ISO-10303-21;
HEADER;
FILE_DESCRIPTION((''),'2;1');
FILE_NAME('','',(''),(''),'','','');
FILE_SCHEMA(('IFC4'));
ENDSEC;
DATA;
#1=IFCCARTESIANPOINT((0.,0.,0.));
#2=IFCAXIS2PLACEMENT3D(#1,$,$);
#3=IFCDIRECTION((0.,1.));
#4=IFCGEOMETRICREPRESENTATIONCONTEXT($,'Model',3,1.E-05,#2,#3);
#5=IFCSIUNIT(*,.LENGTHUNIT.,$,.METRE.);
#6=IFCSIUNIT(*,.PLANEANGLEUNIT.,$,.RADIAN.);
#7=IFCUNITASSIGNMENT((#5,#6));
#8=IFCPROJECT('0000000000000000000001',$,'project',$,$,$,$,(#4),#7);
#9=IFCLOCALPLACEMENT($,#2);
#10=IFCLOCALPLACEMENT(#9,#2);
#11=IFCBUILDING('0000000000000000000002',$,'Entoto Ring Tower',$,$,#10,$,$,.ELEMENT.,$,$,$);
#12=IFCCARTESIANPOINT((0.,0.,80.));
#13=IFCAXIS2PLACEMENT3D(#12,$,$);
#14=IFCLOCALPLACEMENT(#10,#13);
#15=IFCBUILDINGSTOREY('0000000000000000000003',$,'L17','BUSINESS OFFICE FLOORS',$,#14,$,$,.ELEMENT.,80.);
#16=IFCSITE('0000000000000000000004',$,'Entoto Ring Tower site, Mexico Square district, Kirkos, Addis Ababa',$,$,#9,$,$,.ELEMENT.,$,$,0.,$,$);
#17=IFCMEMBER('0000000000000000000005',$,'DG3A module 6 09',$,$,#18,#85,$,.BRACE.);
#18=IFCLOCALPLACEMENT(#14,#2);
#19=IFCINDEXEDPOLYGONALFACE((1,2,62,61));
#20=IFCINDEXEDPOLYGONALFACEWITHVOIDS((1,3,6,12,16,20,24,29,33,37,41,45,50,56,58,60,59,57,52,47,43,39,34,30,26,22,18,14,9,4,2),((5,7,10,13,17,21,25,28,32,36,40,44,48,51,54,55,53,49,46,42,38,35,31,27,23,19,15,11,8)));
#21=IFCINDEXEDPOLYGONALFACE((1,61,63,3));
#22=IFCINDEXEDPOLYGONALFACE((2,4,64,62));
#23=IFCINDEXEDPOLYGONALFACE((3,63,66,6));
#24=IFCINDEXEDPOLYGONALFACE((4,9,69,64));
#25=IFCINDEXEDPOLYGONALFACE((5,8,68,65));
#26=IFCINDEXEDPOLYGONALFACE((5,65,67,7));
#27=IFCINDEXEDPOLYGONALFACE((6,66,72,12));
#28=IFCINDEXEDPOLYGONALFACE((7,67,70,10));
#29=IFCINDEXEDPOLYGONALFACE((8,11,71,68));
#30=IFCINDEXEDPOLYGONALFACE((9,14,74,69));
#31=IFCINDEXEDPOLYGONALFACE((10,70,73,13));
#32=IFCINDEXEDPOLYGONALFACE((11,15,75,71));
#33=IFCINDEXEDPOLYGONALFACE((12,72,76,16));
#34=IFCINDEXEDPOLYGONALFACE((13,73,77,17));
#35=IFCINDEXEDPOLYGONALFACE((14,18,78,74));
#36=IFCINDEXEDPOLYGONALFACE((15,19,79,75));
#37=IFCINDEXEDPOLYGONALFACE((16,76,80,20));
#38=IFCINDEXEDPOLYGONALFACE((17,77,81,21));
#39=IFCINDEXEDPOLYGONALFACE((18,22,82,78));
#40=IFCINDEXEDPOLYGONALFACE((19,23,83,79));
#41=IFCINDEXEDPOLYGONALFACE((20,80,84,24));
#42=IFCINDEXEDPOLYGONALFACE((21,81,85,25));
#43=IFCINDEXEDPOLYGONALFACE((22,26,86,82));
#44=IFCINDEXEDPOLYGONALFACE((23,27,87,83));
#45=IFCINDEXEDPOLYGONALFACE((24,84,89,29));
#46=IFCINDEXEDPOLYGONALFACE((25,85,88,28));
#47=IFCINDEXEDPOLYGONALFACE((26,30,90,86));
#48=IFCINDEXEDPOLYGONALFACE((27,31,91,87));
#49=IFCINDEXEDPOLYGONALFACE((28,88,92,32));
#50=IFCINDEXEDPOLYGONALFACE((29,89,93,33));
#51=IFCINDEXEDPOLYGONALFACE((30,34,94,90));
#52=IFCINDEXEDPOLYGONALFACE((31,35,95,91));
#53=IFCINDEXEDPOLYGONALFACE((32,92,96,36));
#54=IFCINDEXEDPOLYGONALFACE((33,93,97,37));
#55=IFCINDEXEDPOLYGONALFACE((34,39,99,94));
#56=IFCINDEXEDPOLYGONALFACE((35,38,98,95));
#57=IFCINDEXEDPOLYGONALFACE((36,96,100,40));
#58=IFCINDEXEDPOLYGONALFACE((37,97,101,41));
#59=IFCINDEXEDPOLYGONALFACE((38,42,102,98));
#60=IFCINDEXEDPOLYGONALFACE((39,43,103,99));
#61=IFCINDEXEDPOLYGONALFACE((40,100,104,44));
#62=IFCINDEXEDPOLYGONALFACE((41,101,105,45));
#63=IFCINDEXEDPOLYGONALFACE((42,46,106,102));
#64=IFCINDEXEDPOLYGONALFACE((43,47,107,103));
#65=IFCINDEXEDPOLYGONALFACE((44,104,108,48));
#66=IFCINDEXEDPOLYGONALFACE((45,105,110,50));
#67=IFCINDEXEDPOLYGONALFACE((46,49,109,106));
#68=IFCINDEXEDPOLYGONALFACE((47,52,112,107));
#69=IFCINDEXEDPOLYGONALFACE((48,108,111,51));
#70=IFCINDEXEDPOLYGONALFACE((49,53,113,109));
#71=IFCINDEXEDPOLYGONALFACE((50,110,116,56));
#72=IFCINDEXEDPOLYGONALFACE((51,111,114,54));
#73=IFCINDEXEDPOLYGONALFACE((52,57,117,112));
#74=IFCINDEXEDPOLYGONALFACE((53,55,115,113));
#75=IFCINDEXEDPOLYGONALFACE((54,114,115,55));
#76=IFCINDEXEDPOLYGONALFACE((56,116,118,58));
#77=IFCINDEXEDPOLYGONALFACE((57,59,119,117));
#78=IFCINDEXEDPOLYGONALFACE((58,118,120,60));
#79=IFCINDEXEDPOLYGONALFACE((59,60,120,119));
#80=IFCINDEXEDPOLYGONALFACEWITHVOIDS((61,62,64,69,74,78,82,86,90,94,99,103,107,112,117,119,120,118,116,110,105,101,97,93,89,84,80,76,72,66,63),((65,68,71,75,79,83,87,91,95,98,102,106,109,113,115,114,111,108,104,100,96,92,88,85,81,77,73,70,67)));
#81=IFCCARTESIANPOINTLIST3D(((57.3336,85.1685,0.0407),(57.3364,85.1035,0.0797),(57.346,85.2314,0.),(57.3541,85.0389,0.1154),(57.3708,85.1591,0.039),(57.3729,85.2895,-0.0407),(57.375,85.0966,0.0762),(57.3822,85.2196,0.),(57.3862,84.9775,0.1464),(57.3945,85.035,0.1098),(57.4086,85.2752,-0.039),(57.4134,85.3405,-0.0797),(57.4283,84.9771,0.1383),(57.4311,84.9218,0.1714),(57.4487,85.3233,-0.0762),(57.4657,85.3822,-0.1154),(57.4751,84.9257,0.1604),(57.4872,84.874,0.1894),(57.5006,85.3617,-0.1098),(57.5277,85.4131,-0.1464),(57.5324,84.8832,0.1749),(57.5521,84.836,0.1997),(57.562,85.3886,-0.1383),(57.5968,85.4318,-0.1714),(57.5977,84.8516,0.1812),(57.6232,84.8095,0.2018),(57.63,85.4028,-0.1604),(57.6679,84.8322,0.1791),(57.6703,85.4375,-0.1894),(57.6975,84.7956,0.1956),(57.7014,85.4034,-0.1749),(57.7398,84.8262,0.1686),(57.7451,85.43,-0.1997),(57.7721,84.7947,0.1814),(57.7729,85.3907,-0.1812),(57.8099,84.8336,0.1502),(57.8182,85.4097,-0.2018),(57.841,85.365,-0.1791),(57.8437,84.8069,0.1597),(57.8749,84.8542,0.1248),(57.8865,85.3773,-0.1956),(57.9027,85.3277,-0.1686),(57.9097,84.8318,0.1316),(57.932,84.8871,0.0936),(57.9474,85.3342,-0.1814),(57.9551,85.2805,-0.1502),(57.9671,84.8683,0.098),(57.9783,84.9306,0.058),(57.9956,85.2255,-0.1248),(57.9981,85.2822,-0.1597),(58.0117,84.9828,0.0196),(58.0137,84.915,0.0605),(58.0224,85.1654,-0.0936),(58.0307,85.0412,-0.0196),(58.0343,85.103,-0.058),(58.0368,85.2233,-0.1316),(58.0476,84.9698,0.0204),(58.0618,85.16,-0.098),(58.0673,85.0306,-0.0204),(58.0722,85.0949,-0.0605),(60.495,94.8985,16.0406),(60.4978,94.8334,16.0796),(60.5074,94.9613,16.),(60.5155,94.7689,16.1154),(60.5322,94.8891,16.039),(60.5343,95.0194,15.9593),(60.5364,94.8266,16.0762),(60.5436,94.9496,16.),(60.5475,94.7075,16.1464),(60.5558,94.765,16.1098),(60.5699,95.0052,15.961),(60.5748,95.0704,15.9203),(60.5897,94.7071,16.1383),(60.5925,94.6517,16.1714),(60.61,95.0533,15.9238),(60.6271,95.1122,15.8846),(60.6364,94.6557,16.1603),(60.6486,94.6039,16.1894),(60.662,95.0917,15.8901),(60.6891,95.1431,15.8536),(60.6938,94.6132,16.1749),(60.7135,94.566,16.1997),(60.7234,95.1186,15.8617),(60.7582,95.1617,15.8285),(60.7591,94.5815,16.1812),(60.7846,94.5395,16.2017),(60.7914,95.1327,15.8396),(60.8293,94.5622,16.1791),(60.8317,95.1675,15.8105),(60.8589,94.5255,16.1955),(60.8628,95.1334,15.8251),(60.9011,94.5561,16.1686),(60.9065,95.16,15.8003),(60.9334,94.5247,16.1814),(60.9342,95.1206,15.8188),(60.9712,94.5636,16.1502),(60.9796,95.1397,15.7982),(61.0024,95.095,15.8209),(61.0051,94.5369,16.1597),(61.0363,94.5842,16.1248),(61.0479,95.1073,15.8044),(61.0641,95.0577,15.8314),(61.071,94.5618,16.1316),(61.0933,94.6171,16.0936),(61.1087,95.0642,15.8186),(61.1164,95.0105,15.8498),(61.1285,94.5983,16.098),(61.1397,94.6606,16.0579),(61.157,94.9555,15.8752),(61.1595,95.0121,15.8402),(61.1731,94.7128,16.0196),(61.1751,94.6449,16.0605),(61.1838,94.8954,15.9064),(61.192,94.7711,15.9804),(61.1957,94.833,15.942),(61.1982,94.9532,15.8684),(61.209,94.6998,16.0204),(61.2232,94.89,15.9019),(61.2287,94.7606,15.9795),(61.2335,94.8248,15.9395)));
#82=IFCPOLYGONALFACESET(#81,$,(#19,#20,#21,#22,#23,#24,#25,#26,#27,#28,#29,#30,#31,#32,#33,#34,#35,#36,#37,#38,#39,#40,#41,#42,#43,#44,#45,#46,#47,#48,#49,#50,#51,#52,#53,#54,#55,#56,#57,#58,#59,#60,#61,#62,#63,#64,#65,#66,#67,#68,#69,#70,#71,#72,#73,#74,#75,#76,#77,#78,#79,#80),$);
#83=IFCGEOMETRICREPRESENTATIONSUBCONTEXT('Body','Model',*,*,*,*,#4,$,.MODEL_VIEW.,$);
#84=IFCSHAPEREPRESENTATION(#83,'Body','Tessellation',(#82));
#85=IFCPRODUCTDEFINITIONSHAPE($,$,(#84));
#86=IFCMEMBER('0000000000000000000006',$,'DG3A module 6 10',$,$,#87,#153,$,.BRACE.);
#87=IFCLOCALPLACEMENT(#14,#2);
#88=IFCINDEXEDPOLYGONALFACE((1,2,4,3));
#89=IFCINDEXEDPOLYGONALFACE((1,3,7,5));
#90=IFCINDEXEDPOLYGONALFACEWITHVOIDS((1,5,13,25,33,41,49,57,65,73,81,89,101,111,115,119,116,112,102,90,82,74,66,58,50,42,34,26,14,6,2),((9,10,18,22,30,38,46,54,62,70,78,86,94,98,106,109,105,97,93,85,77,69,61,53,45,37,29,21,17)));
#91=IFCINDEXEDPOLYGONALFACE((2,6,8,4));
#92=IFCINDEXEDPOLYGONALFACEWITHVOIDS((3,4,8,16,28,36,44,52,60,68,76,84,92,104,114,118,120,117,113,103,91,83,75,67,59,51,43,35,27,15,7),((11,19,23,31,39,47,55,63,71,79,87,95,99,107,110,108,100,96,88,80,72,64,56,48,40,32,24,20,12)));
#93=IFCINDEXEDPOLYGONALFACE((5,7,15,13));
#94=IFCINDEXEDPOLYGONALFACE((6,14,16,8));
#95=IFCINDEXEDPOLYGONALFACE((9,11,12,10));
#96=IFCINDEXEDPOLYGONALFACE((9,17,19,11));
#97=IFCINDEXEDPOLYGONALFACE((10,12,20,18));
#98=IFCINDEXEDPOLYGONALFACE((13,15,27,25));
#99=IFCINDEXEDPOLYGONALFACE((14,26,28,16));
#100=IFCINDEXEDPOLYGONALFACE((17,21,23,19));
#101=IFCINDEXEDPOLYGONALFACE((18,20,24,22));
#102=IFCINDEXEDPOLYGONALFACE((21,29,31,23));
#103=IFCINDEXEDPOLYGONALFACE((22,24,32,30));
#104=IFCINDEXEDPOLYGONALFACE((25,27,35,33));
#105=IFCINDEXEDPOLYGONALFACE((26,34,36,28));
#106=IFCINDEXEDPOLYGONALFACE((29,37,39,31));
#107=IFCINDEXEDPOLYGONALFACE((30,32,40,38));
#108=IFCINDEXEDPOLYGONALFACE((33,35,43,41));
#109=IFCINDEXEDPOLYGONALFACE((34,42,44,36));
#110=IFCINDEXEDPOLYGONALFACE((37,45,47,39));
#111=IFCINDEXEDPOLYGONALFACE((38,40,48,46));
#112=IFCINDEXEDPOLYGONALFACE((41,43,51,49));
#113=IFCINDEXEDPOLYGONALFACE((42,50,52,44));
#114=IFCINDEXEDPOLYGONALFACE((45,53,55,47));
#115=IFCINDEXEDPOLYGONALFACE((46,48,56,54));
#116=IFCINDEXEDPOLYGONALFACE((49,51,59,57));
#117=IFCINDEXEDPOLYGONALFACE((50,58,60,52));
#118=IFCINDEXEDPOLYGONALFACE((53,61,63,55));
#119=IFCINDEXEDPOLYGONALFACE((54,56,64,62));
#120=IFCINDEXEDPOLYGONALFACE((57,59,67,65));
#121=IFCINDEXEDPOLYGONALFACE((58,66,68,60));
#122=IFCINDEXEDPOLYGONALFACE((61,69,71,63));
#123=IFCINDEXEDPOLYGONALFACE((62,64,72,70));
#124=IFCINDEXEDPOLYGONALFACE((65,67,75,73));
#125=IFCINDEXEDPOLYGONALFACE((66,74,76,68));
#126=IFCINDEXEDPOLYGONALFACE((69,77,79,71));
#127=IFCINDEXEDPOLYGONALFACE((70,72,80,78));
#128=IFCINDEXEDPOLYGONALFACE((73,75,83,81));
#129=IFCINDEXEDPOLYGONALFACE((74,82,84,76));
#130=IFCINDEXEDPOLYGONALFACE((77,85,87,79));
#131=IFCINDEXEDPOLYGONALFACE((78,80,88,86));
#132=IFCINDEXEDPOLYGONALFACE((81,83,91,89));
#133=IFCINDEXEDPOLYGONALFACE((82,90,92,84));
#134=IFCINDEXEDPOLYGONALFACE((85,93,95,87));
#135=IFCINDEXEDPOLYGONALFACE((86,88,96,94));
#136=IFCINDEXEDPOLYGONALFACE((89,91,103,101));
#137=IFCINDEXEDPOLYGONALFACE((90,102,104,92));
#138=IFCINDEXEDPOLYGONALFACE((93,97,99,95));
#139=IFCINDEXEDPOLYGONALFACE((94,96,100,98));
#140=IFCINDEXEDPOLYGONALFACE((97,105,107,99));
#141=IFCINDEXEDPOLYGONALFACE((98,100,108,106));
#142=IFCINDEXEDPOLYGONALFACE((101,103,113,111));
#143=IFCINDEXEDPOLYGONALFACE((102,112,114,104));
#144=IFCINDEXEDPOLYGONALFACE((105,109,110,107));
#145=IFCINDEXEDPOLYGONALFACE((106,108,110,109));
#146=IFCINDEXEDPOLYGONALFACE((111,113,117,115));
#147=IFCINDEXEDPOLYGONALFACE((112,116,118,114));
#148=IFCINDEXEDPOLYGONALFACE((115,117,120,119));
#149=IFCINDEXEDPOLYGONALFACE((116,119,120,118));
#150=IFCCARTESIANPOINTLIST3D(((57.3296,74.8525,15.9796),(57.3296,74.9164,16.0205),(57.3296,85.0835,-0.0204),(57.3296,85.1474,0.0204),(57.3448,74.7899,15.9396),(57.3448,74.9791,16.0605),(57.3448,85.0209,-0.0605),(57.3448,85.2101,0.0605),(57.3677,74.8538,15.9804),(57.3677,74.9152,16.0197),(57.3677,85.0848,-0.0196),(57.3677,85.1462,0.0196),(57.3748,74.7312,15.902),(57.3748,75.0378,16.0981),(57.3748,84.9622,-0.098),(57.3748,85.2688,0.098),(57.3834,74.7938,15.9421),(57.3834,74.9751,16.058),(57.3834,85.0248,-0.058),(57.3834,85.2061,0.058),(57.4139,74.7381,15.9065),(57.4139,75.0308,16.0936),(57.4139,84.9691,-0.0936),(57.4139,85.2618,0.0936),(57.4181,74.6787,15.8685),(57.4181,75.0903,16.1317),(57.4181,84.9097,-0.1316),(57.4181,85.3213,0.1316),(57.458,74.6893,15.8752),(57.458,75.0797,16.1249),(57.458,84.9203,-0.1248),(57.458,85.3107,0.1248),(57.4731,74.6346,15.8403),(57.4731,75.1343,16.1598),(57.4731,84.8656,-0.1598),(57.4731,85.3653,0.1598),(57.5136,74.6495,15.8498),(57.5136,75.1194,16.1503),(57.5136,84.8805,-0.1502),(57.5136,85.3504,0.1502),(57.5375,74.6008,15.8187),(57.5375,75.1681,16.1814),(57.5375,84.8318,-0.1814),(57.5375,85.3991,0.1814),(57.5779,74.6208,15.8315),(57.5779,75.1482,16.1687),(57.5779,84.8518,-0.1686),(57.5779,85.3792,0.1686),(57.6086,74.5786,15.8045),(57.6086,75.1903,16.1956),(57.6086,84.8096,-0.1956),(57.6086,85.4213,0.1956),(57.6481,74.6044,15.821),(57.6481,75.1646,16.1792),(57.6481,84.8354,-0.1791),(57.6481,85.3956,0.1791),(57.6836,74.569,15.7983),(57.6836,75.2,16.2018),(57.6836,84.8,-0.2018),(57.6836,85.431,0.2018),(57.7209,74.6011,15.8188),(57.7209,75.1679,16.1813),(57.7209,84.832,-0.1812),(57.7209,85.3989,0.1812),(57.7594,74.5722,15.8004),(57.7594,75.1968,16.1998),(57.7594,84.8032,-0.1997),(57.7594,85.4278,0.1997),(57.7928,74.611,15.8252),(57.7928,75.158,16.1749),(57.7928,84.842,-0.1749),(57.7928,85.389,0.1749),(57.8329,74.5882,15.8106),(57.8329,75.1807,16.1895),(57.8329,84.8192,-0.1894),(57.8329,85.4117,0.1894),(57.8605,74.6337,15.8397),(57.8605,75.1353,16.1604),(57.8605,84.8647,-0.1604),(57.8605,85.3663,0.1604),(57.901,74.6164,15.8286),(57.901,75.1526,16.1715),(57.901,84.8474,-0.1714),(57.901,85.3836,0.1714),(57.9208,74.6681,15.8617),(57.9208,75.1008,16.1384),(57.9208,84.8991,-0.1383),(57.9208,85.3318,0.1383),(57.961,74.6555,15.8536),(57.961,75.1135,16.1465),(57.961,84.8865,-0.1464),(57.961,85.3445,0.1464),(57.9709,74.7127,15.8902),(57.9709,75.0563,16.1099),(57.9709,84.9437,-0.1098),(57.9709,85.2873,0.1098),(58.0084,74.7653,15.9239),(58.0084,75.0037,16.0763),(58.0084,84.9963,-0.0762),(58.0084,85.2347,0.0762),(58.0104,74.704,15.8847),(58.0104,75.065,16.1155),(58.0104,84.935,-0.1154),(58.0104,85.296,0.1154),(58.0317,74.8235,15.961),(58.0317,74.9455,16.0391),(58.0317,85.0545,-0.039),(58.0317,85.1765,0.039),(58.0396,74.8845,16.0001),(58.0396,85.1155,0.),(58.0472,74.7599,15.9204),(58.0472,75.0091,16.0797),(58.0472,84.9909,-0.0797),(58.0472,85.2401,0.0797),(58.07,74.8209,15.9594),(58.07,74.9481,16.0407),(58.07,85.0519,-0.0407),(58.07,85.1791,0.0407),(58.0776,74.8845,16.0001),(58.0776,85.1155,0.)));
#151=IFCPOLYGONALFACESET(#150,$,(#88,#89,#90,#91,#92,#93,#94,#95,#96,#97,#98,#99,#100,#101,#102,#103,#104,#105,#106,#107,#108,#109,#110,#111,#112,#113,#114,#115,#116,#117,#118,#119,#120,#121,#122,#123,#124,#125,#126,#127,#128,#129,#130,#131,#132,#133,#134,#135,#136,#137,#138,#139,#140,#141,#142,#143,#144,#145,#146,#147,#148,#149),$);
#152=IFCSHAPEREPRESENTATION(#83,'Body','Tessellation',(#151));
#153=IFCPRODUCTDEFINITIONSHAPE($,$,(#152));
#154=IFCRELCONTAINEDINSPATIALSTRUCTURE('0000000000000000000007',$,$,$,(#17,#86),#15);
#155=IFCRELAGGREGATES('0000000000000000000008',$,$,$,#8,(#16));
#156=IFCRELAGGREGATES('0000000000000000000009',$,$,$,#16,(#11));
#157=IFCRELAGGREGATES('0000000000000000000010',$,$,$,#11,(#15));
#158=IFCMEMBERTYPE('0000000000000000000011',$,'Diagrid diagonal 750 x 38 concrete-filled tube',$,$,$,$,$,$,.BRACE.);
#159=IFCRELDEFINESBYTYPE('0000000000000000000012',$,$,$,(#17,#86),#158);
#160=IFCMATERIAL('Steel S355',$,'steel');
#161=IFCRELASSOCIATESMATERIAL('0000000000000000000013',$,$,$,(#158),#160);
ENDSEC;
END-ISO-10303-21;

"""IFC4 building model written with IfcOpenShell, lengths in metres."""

from ifc_helpers import new_model, si_unit, direction, frame, origin, origin_2d, place, context, subcontext, project, spatial, circle, hollow_circle, extrude, material, material_profile, profile_set, type_object, element, save


model = new_model("IFC4")

# Units and contexts
model_context = context("Model", 3, precision=1e-05, world=origin(), true_north=direction((0.0, 1.0)))
body_context = subcontext(model_context, "Body", "Model", "MODEL_VIEW")
ifc_project = project(units=[si_unit("LENGTHUNIT", "METRE"), si_unit("PLANEANGLEUNIT", "RADIAN")], contexts=[model_context])

# Site, building, storey
site_placement = place(None, origin())
site = spatial("IfcSite", under=ifc_project, at=site_placement, Name="Entoto Ring Tower site, Mexico Square district, Kirkos, Addis Ababa", CompositionType="ELEMENT", RefElevation=0.0)
building_placement = place(site_placement, origin())
building = spatial("IfcBuilding", under=site, at=building_placement, Name="Entoto Ring Tower", CompositionType="ELEMENT")
storey_placement = place(building_placement, frame((0.0, 0.0, 80.0)))
storey = spatial("IfcBuildingStorey", under=building, at=storey_placement, Name="L17", Description="BUSINESS OFFICE FLOORS", CompositionType="ELEMENT", Elevation=80.0)

# Members
ifc_material_1 = material(Name="Steel S355", Category="steel")
ifc_material_profile_1 = material_profile(ifc_material_1, hollow_circle(Radius=0.375, WallThickness=0.0381, at=origin_2d()), Name="CHS 750 x 38")
ifc_material_2 = material(Name="Concrete C60/75", Category="concrete")
ifc_material_profile_2 = material_profile(ifc_material_2, circle(Radius=0.3369, at=origin_2d()), Name="Concrete C60/75 infill")
ifc_profile_set_1 = profile_set([ifc_material_profile_1, ifc_material_profile_2], Name="Steel S355")
member_type_1 = type_object("IfcMemberType", Name="Diagrid diagonal 750 x 38 concrete-filled tube", PredefinedType="BRACE", material=ifc_profile_set_1)
member_1_placement = place(storey_placement, frame((57.7026, 85.1155, 0.0), z_axis=(0.166465, 0.512341, 0.842494), x_axis=(-0.951059, 0.309009, 0.0)))
element("IfcMember", 1, at=member_1_placement, inside=storey, type_object=member_type_1, Name="DG3A module 6 09", PredefinedType="BRACE", context=body_context, shape_type="SweptSolid", body=[
    extrude(hollow_circle(Radius=0.375, WallThickness=0.0381, at=origin_2d()), origin(), (0.0, 0.0, 1.0), 18.9912),
])
member_2_placement = place(storey_placement, frame((57.7026, 85.1155, 0.0), z_axis=(0.0, -0.538716, 0.842488), x_axis=(1.0, 0.0, 0.0)))
element("IfcMember", 2, at=member_2_placement, inside=storey, type_object=member_type_1, Name="DG3A module 6 10", PredefinedType="BRACE", context=body_context, shape_type="SweptSolid", body=[
    extrude(hollow_circle(Radius=0.375, WallThickness=0.0381, at=origin_2d()), origin(), (0.0, 0.0, 1.0), 18.9915),
])

save(model, "model.ifc")
